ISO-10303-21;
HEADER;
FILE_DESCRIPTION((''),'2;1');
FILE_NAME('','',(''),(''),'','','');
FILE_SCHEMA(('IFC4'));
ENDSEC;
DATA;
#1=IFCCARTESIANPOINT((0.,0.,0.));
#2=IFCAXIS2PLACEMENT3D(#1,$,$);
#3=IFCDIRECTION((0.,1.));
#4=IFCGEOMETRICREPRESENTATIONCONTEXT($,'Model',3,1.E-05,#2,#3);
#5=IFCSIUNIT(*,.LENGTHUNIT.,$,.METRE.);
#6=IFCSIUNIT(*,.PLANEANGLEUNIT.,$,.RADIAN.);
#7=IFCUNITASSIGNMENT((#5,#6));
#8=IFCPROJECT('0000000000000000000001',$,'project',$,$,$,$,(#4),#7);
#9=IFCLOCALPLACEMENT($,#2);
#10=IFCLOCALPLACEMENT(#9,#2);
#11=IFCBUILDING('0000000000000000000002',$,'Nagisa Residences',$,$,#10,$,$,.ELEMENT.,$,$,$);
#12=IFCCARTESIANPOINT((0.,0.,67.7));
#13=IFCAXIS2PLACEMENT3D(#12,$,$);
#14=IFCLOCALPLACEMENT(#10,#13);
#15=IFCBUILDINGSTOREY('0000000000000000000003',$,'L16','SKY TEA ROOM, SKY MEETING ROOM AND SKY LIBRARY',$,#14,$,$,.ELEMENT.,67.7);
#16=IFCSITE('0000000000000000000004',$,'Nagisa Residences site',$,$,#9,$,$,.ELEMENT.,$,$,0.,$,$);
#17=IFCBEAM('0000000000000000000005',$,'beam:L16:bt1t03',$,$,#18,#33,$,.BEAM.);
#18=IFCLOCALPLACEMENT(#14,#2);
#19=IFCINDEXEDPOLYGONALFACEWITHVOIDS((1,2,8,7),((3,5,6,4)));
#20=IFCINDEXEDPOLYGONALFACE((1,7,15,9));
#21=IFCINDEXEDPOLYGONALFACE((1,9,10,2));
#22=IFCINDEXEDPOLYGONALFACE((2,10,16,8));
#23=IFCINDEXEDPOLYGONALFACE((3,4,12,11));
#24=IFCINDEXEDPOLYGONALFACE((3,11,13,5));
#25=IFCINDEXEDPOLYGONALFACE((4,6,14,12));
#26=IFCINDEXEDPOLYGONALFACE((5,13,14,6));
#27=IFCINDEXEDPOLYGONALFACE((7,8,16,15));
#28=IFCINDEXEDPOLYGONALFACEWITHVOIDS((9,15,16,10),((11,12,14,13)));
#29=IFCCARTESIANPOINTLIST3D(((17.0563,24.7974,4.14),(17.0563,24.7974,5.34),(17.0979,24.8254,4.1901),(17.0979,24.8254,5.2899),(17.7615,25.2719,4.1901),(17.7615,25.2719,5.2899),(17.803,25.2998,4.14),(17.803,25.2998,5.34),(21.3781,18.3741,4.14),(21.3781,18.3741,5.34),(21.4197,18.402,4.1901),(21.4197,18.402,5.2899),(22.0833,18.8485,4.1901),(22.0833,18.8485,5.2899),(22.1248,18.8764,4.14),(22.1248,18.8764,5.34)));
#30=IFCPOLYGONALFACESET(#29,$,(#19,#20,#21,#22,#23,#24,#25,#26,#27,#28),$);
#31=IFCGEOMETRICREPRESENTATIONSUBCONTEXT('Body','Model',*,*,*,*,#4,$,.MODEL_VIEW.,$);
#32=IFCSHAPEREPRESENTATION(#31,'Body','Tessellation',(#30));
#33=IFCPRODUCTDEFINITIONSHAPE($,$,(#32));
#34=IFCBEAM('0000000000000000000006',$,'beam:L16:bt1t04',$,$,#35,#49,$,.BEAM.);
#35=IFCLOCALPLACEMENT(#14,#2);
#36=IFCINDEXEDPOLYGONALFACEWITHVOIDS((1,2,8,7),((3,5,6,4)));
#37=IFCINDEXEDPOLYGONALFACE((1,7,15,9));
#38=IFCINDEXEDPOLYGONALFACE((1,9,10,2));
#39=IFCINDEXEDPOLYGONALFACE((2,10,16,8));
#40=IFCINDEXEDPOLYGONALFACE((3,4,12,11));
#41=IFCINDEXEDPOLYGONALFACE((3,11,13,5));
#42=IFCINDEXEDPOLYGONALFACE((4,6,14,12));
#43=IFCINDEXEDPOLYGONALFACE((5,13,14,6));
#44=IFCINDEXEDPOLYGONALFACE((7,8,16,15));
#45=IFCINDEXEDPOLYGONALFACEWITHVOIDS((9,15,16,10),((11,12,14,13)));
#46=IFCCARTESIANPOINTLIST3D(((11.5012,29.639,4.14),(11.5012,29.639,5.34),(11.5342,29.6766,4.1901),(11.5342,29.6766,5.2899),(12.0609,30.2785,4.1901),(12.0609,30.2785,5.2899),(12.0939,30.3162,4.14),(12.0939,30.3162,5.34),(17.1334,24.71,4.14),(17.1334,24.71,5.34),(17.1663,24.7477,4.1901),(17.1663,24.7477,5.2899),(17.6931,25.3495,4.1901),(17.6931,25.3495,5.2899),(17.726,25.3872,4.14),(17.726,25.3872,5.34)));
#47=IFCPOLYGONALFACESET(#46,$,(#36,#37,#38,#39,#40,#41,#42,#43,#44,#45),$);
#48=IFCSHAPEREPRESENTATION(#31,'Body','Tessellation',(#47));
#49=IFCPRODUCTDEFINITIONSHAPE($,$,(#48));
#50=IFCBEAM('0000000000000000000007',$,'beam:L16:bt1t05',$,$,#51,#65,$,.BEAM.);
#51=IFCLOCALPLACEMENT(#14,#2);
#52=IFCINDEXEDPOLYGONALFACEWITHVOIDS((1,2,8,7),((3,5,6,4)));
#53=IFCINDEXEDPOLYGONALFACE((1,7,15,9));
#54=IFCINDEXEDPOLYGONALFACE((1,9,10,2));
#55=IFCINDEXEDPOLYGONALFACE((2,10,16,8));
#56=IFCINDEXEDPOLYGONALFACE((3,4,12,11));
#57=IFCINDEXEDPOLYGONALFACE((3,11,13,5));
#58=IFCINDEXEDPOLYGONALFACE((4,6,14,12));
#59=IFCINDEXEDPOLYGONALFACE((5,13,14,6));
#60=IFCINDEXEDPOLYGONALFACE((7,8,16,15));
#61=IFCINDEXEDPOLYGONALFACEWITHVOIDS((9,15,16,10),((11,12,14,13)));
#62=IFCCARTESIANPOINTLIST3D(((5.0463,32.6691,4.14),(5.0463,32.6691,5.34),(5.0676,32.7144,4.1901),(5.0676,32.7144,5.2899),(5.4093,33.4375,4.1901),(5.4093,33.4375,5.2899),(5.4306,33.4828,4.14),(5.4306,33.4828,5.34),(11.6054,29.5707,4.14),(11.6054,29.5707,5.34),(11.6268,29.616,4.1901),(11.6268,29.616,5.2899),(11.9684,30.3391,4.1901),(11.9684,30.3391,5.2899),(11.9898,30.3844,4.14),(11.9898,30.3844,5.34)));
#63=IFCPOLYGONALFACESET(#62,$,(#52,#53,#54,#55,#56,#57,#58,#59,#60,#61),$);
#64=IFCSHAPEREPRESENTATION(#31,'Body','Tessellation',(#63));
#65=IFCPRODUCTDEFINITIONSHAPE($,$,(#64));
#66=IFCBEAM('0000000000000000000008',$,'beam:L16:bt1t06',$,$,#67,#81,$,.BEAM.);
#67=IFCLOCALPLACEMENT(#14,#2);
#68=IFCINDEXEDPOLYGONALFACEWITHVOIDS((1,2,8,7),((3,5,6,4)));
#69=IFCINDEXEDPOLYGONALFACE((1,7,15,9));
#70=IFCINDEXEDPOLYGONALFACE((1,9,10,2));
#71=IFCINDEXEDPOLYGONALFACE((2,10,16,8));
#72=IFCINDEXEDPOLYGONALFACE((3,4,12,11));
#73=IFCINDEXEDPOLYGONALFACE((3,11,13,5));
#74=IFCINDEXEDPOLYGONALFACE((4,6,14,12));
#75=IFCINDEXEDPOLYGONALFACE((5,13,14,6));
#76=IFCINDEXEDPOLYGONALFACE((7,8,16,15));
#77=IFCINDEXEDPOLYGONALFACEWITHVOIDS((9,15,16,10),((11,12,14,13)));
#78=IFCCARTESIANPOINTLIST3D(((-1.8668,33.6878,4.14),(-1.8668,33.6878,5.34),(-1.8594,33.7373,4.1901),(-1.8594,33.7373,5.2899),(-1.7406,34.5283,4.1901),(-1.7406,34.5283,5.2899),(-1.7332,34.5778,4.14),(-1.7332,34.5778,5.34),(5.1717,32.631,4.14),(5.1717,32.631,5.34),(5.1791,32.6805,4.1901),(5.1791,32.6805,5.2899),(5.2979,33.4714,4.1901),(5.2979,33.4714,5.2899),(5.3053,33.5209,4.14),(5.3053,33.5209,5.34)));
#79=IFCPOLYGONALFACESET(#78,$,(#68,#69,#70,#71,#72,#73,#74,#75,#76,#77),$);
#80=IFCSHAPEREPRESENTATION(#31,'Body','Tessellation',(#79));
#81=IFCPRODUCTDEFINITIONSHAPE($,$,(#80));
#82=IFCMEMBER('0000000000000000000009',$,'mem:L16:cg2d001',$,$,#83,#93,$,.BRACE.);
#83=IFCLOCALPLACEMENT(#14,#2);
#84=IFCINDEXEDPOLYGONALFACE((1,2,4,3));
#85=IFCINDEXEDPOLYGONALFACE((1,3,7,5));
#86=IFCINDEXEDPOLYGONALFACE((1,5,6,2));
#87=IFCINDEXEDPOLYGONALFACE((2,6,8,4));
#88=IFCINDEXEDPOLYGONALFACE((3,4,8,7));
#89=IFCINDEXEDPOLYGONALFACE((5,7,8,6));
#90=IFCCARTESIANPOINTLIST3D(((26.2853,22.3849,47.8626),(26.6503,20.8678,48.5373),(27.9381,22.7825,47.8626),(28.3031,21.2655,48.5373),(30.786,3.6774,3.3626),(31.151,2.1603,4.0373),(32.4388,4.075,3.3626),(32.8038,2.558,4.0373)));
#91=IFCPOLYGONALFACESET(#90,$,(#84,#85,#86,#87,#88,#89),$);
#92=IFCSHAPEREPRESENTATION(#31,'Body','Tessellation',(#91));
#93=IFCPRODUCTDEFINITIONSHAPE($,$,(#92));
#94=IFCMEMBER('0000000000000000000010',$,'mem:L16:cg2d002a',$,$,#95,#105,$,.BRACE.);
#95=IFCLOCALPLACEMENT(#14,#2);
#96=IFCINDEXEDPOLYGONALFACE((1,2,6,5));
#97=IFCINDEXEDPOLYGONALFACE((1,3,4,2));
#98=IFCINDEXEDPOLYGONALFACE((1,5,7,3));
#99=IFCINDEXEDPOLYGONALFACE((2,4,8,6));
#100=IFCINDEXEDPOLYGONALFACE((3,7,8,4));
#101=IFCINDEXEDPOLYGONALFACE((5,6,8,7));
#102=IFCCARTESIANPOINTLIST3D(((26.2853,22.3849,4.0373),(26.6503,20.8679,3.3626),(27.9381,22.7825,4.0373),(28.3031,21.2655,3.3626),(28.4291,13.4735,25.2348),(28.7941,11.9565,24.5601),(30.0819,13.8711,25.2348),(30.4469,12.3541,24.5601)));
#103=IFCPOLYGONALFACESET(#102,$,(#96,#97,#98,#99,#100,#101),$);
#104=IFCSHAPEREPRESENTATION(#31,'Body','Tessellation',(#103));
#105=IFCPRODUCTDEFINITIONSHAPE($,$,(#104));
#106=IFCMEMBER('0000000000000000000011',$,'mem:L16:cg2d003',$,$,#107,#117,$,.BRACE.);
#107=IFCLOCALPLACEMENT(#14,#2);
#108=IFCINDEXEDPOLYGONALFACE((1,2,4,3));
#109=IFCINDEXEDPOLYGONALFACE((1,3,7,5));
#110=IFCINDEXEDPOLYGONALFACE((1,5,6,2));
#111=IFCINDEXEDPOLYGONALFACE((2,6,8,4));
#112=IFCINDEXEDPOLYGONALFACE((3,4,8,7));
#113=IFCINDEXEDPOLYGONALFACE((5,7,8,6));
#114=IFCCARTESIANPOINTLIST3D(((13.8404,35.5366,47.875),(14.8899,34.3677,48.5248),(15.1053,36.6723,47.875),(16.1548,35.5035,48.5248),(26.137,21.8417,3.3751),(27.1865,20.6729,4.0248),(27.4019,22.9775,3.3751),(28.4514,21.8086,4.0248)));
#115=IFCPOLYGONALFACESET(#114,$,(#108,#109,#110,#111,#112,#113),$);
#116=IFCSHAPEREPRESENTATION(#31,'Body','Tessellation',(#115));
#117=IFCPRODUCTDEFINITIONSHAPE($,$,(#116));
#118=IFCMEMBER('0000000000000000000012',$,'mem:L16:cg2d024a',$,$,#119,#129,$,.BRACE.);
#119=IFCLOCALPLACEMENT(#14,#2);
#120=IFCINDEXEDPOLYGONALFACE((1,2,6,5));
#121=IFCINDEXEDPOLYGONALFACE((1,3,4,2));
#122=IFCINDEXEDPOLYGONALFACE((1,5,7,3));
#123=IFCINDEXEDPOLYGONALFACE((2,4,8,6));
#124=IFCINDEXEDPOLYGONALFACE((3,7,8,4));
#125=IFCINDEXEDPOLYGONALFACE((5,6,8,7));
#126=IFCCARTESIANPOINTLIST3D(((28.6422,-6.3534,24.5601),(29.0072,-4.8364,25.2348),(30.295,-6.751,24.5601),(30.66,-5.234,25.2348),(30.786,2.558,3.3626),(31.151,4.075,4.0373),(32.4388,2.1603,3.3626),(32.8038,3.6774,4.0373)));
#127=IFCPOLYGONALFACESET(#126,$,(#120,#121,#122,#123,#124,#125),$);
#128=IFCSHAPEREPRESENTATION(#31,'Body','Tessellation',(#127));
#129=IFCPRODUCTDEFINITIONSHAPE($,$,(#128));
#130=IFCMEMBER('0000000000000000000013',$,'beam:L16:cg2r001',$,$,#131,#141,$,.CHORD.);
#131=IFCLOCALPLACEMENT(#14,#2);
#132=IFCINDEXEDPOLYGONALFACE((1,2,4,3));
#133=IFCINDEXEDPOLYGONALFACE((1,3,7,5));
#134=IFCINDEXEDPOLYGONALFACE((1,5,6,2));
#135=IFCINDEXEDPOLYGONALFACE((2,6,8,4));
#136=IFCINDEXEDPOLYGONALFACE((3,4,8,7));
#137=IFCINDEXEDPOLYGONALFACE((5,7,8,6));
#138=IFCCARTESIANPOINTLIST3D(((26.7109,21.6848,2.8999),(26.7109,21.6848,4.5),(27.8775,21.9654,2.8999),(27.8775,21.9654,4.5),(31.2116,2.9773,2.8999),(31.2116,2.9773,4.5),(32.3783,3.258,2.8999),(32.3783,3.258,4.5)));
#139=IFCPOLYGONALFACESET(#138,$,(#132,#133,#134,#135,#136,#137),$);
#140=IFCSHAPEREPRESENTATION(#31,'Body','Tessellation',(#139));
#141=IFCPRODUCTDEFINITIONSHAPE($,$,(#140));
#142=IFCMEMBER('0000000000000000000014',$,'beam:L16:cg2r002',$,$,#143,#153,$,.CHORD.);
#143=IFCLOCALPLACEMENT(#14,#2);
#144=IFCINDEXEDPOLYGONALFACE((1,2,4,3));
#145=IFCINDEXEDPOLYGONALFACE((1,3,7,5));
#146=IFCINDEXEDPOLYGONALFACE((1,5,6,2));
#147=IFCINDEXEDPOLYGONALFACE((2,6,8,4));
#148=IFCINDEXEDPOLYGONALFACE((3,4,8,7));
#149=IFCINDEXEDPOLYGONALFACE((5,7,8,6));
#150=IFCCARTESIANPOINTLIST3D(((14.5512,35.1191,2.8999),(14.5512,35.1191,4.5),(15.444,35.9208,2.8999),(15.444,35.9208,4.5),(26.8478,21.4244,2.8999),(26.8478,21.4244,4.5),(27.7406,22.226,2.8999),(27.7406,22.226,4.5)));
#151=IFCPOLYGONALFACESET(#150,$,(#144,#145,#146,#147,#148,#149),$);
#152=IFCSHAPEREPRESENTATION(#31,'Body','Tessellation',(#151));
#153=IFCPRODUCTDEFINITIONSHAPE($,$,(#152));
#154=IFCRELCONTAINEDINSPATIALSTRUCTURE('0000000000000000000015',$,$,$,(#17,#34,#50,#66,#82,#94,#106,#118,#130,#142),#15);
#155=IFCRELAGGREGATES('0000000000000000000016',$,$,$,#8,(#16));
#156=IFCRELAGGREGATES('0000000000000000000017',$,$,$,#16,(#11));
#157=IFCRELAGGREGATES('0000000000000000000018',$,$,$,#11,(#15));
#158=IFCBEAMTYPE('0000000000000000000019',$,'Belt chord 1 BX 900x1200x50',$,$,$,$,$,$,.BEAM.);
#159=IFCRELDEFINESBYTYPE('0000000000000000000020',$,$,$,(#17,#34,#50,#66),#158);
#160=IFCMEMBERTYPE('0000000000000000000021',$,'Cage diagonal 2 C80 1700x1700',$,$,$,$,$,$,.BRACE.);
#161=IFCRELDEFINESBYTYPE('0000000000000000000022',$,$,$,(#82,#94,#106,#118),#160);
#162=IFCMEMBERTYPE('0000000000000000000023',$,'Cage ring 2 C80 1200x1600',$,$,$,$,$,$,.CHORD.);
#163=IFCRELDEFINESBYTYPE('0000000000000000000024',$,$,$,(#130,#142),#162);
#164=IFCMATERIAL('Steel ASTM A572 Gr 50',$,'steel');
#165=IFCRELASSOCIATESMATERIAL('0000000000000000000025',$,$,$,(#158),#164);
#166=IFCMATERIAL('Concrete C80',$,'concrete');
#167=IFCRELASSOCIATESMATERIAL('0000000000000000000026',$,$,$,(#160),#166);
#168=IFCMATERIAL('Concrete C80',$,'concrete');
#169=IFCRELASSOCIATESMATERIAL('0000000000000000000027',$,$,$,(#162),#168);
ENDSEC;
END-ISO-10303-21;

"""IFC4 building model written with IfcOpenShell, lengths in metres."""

from ifc_helpers import new_model, si_unit, direction, frame, origin, origin_2d, place, context, subcontext, project, spatial, rectangle, hollow_rectangle, extrude, material, material_profile, profile_set, type_object, element, save


model = new_model("IFC4")

# Units and contexts
model_context = context("Model", 3, precision=1e-05, world=origin(), true_north=direction((0.0, 1.0)))
body_context = subcontext(model_context, "Body", "Model", "MODEL_VIEW")
ifc_project = project(units=[si_unit("LENGTHUNIT", "METRE"), si_unit("PLANEANGLEUNIT", "RADIAN")], contexts=[model_context])

# Site, building, storey
site_placement = place(None, origin())
site = spatial("IfcSite", under=ifc_project, at=site_placement, Name="Nagisa Residences site", CompositionType="ELEMENT", RefElevation=0.0)
building_placement = place(site_placement, origin())
building = spatial("IfcBuilding", under=site, at=building_placement, Name="Nagisa Residences", CompositionType="ELEMENT")
storey_placement = place(building_placement, frame((0.0, 0.0, 67.7)))
storey = spatial("IfcBuildingStorey", under=building, at=storey_placement, Name="L16", Description="SKY TEA ROOM, SKY MEETING ROOM AND SKY LIBRARY", CompositionType="ELEMENT", Elevation=67.7)

# Beams
ifc_material_1 = material(Name="Steel ASTM A572 Gr 50", Category="steel")
ifc_material_profile_1 = material_profile(ifc_material_1, hollow_rectangle(XDim=0.8999, YDim=1.2, WallThickness=0.05, at=origin_2d()), Name="BX 900x1200x50")
ifc_profile_set_1 = profile_set([ifc_material_profile_1], Name="Steel ASTM A572 Gr 50")
beam_type = type_object("IfcBeamType", Name="Belt chord 1 BX 900x1200x50", PredefinedType="BEAM", material=ifc_profile_set_1)
beam_1_placement = place(storey_placement, frame((21.7515, 18.6252, 4.74), z_axis=(-0.558232, 0.829685, 0.0), x_axis=(-0.829685, -0.558232, 0.0)))
element("IfcBeam", 1, at=beam_1_placement, inside=storey, type_object=beam_type, Name="beam:L16:bt1t03", PredefinedType="BEAM", context=body_context, shape_type="SweptSolid", body=[
    extrude(hollow_rectangle(XDim=0.8999, YDim=1.2, WallThickness=0.05, at=origin_2d()), origin(), (0.0, 0.0, 1.0), 7.7419),
])
beam_2_placement = place(storey_placement, frame((17.4297, 25.0486, 4.74), z_axis=(-0.752518, 0.658572, 0.0), x_axis=(-0.658572, -0.752518, 0.0)))
element("IfcBeam", 2, at=beam_2_placement, inside=storey, type_object=beam_type, Name="beam:L16:bt1t04", PredefinedType="BEAM", context=body_context, shape_type="SweptSolid", body=[
    extrude(hollow_rectangle(XDim=0.8999, YDim=1.2, WallThickness=0.05, at=origin_2d()), origin(), (0.0, 0.0, 1.0), 7.4844),
])
beam_3_placement = place(storey_placement, frame((11.7976, 29.9775, 4.74), z_axis=(-0.904193, 0.427124, 0.0), x_axis=(-0.427124, -0.904193, 0.0)))
element("IfcBeam", 3, at=beam_3_placement, inside=storey, type_object=beam_type, Name="beam:L16:bt1t05", PredefinedType="BEAM", context=body_context, shape_type="SweptSolid", body=[
    extrude(hollow_rectangle(XDim=0.8999, YDim=1.2, WallThickness=0.05, at=origin_2d()), origin(), (0.0, 0.0, 1.0), 7.2542),
])
beam_4_placement = place(storey_placement, frame((5.2385, 33.0759, 4.74), z_axis=(-0.988914, 0.148491, 0.0), x_axis=(-0.148491, -0.988914, 0.0)))
element("IfcBeam", 4, at=beam_4_placement, inside=storey, type_object=beam_type, Name="beam:L16:bt1t06", PredefinedType="BEAM", context=body_context, shape_type="SweptSolid", body=[
    extrude(hollow_rectangle(XDim=0.8999, YDim=1.2, WallThickness=0.05, at=origin_2d()), origin(), (0.0, 0.0, 1.0), 7.1174),
])

# Members
ifc_material_2 = material(Name="Concrete C80", Category="concrete")
ifc_material_profile_2 = material_profile(ifc_material_2, rectangle(XDim=1.7, YDim=1.7, at=origin_2d()), Name="C80 1700x1700")
ifc_profile_set_2 = profile_set([ifc_material_profile_2], Name="Concrete C80")
member_type_1 = type_object("IfcMemberType", Name="Cage diagonal 2 C80 1700x1700", PredefinedType="BRACE", material=ifc_profile_set_2)
member_1_placement = place(storey_placement, frame((31.7949, 3.1177, 3.7), z_axis=(-0.092834, 0.385867, 0.917872), x_axis=(-0.972258, -0.23391, 0.0)))
element("IfcMember", 5, at=member_1_placement, inside=storey, type_object=member_type_1, Name="mem:L16:cg2d001", PredefinedType="BRACE", context=body_context, shape_type="SweptSolid", body=[
    extrude(rectangle(XDim=1.7, YDim=1.7, at=origin_2d()), origin(), (0.0, 0.0, 1.0), 48.4817),
])
member_2_placement = place(storey_placement, frame((27.2942, 21.8252, 3.7), z_axis=(0.092828, -0.38587, 0.917871), x_axis=(0.972262, 0.233896, 0.0)))
element("IfcMember", 6, at=member_2_placement, inside=storey, type_object=member_type_1, Name="mem:L16:cg2d002a", PredefinedType="BRACE", context=body_context, shape_type="SweptSolid", body=[
    extrude(rectangle(XDim=1.7, YDim=1.7, at=origin_2d()), origin(), (0.0, 0.0, 1.0), 23.0942),
])
member_3_placement = place(storey_placement, frame((27.2942, 21.8252, 3.7), z_axis=(-0.25535, 0.284384, 0.924079), x_axis=(-0.744069, -0.668102, 0.0)))
element("IfcMember", 7, at=member_3_placement, inside=storey, type_object=member_type_1, Name="mem:L16:cg2d003", PredefinedType="BRACE", context=body_context, shape_type="SweptSolid", body=[
    extrude(rectangle(XDim=1.7, YDim=1.7, at=origin_2d()), origin(), (0.0, 0.0, 1.0), 48.156),
])
member_4_placement = place(storey_placement, frame((31.7949, 3.1177, 3.7), z_axis=(-0.092828, -0.38587, 0.917871), x_axis=(0.972262, -0.233896, 0.0)))
element("IfcMember", 8, at=member_4_placement, inside=storey, type_object=member_type_1, Name="mem:L16:cg2d024a", PredefinedType="BRACE", context=body_context, shape_type="SweptSolid", body=[
    extrude(rectangle(XDim=1.7, YDim=1.7, at=origin_2d()), origin(), (0.0, 0.0, 1.0), 23.0942),
])
ifc_material_3 = material(Name="Concrete C80", Category="concrete")
ifc_material_profile_3 = material_profile(ifc_material_3, rectangle(XDim=1.2, YDim=1.6001, at=origin_2d()), Name="C80 1200x1600")
ifc_profile_set_3 = profile_set([ifc_material_profile_3], Name="Concrete C80")
member_type_2 = type_object("IfcMemberType", Name="Cage ring 2 C80 1200x1600", PredefinedType="CHORD", material=ifc_profile_set_3)
member_5_placement = place(storey_placement, frame((31.7949, 3.1177, 3.7), z_axis=(-0.23391, 0.972258, 0.0), x_axis=(-0.972258, -0.23391, 0.0)))
element("IfcMember", 9, at=member_5_placement, inside=storey, type_object=member_type_2, Name="beam:L16:cg2r001", PredefinedType="CHORD", context=body_context, shape_type="SweptSolid", body=[
    extrude(rectangle(XDim=1.2, YDim=1.6001, at=origin_2d()), origin(), (0.0, 0.0, 1.0), 19.2412),
])
member_6_placement = place(storey_placement, frame((27.2942, 21.8252, 3.7), z_axis=(-0.668102, 0.744069, 0.0), x_axis=(-0.744069, -0.668102, 0.0)))
element("IfcMember", 10, at=member_6_placement, inside=storey, type_object=member_type_2, Name="beam:L16:cg2r002", PredefinedType="CHORD", context=body_context, shape_type="SweptSolid", body=[
    extrude(rectangle(XDim=1.2, YDim=1.6001, at=origin_2d()), origin(), (0.0, 0.0, 1.0), 18.4053),
])

save(model, "model.ifc")
